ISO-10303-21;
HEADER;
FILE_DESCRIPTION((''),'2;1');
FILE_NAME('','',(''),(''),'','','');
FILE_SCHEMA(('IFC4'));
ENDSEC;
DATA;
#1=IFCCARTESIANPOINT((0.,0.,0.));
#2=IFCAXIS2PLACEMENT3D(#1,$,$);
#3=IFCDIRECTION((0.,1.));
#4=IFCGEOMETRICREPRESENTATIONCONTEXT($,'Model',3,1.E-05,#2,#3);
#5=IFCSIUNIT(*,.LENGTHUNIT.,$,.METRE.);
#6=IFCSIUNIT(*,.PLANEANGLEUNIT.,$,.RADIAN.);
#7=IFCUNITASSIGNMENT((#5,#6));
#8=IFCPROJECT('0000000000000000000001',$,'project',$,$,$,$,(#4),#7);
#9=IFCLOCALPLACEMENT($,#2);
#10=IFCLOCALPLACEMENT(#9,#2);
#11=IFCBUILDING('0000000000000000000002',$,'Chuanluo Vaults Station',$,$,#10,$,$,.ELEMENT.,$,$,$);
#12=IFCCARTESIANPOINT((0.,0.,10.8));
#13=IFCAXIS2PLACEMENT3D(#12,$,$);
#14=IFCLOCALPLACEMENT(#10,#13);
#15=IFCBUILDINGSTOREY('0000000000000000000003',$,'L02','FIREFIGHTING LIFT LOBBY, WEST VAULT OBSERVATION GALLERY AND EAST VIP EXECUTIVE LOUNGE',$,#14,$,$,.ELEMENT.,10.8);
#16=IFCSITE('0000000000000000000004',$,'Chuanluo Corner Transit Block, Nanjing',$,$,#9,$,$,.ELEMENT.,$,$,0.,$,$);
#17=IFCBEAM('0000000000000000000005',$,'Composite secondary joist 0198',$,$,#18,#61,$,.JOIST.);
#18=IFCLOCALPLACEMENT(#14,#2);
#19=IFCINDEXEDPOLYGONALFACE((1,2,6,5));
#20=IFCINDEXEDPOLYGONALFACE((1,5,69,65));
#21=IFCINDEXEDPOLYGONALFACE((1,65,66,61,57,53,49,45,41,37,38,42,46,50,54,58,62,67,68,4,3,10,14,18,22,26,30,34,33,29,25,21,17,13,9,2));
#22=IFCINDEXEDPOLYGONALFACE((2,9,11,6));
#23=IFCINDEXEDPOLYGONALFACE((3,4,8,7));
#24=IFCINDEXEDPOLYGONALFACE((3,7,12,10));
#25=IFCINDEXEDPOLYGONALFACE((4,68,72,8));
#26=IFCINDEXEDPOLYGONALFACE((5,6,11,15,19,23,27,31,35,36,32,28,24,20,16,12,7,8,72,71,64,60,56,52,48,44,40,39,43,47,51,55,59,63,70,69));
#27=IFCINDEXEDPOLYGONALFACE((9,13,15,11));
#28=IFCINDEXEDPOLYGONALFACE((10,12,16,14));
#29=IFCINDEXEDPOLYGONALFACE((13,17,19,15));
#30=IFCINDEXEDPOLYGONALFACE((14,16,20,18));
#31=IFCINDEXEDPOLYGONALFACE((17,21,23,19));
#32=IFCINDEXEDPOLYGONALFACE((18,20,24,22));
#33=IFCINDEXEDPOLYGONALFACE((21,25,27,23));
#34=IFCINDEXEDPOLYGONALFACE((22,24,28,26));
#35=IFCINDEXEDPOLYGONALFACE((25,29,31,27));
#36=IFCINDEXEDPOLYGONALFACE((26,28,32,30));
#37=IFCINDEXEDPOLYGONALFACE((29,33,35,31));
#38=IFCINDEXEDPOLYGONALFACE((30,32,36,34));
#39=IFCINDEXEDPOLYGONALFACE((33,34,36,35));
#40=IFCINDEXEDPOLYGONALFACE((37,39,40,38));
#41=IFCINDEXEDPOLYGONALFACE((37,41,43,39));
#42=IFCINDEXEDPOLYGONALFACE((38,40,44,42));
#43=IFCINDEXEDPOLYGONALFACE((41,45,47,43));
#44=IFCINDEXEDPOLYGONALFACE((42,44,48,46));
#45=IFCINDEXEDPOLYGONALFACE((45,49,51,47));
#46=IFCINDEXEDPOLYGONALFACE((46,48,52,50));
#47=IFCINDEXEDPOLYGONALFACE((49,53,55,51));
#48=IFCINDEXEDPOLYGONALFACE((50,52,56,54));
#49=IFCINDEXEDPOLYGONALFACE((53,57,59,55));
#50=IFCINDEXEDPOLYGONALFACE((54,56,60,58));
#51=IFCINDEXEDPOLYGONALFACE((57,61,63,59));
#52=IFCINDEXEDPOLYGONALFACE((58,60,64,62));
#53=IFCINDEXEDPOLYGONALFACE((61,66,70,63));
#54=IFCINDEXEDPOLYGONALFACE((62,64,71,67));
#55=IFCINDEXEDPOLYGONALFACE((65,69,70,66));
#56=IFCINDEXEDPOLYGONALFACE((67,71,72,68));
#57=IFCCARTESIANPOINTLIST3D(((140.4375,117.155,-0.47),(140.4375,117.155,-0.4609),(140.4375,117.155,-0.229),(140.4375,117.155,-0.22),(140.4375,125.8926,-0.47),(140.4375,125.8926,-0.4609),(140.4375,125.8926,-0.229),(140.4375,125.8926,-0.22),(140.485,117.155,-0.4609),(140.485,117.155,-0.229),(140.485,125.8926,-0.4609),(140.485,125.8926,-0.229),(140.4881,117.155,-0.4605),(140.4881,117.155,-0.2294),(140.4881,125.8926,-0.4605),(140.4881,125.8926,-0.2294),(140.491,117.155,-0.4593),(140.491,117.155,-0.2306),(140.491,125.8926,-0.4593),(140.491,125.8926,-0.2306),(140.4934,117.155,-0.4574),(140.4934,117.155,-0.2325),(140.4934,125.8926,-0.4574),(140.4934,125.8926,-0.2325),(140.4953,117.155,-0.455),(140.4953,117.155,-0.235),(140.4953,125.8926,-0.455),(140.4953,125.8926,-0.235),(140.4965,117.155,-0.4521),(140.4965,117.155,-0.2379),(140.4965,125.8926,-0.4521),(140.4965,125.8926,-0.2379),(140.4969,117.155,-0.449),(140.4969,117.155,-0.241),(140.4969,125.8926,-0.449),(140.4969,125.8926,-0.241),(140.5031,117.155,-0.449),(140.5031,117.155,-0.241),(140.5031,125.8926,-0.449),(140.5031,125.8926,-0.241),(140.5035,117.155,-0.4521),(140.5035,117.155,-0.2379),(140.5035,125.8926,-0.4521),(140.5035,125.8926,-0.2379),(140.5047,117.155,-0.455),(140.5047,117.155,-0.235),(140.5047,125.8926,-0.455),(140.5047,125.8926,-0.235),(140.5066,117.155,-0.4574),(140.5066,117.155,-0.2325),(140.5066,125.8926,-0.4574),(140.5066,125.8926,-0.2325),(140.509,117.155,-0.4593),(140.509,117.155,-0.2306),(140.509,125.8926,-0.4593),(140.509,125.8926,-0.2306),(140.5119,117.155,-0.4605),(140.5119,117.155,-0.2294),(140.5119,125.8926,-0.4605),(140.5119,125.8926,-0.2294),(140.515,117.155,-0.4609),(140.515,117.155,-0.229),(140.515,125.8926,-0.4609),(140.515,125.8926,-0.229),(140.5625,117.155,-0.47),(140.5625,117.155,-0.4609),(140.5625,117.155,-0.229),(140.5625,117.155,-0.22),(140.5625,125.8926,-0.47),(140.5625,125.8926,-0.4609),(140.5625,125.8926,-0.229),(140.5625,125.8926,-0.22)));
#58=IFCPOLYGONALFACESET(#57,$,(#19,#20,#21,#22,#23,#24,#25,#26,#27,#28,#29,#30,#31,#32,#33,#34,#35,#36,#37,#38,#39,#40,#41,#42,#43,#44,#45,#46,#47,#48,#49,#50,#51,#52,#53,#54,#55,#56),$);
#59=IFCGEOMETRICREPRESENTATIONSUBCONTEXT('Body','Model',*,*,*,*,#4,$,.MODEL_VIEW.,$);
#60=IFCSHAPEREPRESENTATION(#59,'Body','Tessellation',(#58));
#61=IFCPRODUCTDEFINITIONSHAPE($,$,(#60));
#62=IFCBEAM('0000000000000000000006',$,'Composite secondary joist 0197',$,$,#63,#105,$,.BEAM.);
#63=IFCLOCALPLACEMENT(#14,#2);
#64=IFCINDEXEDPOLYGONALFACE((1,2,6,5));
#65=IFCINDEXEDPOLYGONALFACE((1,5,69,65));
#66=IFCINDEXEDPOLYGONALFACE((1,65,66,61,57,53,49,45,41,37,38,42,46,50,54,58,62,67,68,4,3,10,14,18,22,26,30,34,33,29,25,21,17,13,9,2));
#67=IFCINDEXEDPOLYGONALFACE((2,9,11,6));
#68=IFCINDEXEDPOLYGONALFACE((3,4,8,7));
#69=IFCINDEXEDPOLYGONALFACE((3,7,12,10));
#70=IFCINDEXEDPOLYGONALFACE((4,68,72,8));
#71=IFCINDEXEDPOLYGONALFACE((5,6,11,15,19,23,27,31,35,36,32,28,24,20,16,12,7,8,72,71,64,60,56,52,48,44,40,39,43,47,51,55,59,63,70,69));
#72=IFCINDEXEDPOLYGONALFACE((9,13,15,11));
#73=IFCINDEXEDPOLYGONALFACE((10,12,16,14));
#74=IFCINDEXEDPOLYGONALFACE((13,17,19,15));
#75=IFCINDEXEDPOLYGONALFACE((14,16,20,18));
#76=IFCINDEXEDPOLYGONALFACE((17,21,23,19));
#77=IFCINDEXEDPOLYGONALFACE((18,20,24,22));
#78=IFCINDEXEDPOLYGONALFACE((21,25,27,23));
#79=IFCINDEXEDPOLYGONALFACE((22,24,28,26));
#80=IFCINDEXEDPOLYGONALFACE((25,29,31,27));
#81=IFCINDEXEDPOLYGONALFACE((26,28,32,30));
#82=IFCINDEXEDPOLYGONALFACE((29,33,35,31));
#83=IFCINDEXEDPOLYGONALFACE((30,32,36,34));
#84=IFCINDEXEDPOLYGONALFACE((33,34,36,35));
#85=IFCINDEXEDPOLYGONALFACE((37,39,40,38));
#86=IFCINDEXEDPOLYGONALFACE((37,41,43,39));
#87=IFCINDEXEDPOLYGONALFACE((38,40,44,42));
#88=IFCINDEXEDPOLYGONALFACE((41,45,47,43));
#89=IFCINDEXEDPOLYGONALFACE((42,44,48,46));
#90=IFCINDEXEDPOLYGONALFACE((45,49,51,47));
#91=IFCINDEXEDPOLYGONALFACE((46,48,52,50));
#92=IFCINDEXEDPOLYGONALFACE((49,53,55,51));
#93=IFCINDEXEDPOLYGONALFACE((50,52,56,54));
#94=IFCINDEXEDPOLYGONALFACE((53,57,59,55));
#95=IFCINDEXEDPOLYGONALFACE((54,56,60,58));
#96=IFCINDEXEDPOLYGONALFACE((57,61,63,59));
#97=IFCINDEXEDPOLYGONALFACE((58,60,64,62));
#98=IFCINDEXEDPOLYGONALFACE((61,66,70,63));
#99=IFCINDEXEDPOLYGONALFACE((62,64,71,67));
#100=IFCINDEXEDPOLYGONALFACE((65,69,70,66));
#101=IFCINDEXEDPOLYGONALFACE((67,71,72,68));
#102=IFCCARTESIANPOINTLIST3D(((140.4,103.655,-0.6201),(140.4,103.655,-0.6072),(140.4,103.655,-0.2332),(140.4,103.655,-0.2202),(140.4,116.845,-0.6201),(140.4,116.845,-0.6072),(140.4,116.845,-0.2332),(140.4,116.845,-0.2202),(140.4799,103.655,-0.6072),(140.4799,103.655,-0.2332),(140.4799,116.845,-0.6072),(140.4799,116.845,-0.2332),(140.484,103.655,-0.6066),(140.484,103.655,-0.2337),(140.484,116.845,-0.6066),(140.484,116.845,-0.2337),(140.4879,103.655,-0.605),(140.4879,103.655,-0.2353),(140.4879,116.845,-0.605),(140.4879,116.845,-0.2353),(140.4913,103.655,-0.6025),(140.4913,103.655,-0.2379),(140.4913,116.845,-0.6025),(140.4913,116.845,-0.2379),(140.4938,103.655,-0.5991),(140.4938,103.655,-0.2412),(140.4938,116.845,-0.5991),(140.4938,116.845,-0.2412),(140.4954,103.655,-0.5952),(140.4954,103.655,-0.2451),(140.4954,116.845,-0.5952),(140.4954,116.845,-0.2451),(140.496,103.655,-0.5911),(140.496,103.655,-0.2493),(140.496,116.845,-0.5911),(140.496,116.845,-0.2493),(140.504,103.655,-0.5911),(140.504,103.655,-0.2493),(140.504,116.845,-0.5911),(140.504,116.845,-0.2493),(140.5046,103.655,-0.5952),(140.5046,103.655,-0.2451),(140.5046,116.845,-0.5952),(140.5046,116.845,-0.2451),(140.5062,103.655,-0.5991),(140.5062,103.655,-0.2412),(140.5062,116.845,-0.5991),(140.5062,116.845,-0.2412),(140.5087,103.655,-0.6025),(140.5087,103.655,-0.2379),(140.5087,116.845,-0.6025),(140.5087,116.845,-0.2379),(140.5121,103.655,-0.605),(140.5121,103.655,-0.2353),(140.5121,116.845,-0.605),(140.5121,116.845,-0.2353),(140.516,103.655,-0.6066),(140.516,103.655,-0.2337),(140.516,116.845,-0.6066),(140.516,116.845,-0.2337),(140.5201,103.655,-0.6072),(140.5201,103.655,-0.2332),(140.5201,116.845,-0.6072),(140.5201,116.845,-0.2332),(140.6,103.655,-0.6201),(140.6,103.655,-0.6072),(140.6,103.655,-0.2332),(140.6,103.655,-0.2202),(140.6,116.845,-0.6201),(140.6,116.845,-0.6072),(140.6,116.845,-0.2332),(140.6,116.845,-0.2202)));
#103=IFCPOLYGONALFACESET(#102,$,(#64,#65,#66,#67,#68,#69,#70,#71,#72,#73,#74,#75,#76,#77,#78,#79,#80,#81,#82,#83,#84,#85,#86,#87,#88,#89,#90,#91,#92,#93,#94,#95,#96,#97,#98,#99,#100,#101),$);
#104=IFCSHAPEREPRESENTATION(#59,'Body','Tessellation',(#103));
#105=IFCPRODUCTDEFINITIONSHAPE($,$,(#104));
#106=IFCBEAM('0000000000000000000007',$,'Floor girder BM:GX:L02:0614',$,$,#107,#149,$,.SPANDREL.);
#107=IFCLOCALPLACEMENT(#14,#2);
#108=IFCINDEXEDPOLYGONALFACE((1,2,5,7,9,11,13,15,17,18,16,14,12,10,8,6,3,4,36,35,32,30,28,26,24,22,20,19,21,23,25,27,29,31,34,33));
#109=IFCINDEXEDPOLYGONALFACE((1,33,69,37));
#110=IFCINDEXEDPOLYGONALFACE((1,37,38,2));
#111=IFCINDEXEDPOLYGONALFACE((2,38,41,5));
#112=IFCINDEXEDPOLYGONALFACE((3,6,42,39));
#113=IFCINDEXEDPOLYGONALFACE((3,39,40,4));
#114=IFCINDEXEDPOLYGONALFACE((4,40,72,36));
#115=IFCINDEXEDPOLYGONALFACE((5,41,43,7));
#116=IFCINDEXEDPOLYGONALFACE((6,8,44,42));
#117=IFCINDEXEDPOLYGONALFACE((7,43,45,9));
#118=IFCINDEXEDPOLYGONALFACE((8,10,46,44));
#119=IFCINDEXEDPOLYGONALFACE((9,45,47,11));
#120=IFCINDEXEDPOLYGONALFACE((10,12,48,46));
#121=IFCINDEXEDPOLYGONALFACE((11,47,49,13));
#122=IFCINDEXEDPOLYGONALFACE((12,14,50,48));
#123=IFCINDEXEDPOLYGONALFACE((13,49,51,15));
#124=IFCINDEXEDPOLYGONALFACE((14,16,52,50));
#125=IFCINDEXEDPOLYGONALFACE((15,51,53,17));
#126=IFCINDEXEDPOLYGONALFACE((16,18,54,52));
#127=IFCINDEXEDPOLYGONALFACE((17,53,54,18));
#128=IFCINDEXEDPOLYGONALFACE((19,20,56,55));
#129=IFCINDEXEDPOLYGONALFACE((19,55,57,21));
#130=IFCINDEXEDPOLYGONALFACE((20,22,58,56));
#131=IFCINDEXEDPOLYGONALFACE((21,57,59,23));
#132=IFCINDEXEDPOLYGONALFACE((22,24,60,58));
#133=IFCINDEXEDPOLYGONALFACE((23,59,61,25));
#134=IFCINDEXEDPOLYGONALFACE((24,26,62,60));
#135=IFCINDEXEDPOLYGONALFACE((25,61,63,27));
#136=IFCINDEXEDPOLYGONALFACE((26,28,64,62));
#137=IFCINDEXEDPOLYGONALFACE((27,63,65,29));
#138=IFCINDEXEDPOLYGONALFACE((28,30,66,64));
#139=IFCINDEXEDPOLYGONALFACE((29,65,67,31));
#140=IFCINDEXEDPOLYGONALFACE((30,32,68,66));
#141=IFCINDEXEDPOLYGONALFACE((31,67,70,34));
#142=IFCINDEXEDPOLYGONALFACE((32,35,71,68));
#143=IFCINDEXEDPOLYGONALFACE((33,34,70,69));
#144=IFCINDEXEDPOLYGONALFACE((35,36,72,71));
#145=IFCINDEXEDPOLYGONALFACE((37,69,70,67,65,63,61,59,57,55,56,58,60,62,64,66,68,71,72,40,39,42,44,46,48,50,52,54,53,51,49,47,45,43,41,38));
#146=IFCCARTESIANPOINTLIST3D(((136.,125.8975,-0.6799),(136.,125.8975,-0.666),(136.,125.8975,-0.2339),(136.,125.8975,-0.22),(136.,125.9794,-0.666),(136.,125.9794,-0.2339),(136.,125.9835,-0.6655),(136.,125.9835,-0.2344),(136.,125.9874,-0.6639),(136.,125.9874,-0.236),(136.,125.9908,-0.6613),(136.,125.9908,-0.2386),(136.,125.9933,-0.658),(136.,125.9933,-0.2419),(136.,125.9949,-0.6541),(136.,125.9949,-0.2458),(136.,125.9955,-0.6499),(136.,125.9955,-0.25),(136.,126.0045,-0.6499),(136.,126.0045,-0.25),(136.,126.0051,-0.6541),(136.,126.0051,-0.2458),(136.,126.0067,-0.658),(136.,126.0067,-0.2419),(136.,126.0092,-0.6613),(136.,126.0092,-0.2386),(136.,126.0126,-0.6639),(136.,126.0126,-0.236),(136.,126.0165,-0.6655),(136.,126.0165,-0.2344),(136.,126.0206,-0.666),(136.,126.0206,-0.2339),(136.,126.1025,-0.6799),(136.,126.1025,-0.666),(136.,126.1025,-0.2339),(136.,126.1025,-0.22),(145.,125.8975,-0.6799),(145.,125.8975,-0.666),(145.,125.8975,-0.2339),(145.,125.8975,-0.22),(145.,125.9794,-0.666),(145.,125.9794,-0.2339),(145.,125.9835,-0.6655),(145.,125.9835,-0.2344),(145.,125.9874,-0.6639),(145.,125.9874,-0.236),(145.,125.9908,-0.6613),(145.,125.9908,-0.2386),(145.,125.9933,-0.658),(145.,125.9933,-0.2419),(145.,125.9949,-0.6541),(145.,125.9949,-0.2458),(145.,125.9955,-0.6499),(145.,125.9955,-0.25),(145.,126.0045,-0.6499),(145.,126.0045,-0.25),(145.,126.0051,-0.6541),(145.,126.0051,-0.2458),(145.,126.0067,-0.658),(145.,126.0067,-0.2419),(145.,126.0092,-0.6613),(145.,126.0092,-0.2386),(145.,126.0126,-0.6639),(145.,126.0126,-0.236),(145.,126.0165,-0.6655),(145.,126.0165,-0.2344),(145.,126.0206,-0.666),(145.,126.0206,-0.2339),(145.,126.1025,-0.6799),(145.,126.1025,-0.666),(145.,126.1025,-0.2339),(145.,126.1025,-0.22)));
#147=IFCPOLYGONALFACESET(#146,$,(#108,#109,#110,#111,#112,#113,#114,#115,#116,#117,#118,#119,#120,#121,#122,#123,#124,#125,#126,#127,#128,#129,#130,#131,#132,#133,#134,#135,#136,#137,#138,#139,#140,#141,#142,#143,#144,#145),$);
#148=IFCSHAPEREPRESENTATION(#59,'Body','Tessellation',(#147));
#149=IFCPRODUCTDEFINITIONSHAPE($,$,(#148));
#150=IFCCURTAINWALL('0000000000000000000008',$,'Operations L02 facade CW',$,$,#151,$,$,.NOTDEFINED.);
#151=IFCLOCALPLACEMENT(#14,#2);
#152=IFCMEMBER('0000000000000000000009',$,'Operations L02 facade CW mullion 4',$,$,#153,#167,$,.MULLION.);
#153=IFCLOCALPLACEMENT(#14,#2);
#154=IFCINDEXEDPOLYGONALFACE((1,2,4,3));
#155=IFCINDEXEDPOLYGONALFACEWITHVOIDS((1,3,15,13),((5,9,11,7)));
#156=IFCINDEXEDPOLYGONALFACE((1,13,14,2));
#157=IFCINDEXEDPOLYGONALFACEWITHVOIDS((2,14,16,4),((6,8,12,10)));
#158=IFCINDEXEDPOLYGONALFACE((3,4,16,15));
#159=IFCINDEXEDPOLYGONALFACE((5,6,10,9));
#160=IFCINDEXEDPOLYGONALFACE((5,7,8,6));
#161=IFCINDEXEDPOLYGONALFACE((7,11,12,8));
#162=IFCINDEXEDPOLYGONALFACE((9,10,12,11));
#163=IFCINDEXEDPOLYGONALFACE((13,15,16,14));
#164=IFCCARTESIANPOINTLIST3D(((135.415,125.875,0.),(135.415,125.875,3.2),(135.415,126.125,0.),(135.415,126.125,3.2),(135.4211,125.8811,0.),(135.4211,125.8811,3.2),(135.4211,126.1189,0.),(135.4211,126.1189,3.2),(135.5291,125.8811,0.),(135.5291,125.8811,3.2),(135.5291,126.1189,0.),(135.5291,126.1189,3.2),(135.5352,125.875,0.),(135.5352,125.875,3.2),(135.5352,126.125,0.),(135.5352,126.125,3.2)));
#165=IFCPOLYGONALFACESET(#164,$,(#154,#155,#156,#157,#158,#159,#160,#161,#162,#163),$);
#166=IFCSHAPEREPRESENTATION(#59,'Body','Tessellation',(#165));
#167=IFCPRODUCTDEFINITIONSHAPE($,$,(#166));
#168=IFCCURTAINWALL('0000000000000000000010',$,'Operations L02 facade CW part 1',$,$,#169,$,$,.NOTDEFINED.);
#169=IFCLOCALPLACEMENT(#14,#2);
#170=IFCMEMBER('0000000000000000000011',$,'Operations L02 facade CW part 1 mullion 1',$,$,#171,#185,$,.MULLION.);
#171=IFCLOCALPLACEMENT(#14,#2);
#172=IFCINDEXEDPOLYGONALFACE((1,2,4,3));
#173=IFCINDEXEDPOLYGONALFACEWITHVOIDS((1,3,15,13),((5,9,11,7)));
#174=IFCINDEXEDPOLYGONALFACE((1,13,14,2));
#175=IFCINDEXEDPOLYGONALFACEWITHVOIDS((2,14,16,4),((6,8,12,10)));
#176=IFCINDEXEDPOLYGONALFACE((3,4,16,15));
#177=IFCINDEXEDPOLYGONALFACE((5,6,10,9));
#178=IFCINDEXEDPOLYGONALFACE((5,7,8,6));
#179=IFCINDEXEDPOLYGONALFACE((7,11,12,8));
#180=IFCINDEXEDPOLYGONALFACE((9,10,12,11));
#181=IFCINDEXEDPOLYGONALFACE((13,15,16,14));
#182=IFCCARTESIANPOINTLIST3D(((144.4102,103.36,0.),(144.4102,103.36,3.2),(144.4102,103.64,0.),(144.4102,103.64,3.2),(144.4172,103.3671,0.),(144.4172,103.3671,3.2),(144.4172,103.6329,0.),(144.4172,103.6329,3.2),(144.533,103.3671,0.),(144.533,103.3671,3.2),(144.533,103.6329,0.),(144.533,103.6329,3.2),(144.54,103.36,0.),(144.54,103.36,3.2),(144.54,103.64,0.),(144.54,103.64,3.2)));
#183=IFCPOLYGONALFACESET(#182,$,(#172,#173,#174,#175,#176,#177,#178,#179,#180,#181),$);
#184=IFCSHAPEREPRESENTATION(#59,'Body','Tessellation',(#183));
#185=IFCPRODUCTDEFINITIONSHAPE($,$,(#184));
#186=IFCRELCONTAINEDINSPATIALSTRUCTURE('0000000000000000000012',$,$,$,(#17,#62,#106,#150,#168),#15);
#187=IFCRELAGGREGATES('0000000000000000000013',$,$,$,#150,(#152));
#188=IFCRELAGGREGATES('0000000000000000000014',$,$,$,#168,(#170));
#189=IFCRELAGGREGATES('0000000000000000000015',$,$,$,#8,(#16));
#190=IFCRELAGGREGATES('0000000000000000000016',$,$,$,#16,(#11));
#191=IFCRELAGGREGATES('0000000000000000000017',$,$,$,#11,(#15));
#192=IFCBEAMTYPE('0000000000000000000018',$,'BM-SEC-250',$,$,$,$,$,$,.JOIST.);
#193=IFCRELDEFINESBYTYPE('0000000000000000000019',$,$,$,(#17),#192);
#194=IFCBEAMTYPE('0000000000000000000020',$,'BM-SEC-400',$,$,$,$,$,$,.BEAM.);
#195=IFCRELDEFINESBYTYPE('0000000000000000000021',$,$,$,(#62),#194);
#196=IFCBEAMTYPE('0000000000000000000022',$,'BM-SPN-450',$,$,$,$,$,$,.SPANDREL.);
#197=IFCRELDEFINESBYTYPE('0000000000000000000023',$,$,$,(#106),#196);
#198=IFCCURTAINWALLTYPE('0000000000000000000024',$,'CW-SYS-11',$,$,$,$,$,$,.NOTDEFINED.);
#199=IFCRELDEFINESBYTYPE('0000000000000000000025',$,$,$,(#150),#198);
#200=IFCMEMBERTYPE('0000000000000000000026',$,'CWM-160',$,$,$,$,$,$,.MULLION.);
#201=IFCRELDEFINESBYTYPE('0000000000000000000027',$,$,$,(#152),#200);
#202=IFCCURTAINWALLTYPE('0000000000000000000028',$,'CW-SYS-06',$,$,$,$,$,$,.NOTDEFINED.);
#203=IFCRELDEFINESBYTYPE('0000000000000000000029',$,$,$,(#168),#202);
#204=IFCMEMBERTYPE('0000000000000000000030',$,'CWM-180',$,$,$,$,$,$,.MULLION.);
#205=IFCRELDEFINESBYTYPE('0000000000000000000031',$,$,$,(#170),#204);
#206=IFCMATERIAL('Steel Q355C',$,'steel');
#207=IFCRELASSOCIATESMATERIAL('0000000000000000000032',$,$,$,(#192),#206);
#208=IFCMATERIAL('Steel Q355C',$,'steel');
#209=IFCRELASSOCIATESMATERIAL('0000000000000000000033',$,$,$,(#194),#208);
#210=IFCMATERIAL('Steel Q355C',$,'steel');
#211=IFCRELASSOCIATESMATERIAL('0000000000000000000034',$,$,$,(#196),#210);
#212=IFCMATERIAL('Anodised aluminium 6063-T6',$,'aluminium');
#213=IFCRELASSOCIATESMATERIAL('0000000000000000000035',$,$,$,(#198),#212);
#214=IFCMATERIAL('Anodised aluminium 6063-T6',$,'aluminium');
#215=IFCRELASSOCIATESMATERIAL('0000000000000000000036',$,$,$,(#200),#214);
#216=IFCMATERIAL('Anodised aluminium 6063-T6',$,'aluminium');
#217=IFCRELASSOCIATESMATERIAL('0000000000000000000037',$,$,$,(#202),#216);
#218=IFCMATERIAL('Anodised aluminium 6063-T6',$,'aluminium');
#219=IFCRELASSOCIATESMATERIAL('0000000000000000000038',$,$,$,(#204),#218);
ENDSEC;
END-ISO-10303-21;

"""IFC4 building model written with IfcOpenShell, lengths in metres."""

from ifc_helpers import new_model, si_unit, direction, frame, origin, origin_2d, place, context, subcontext, project, spatial, hollow_rectangle, i_section, extrude, material, material_profile, profile_set, type_object, element, aggregate, save


model = new_model("IFC4")

# Units and contexts
model_context = context("Model", 3, precision=1e-05, world=origin(), true_north=direction((0.0, 1.0)))
body_context = subcontext(model_context, "Body", "Model", "MODEL_VIEW")
ifc_project = project(units=[si_unit("LENGTHUNIT", "METRE"), si_unit("PLANEANGLEUNIT", "RADIAN")], contexts=[model_context])

# Site, building, storey
site_placement = place(None, origin())
site = spatial("IfcSite", under=ifc_project, at=site_placement, Name="Chuanluo Corner Transit Block, Nanjing", CompositionType="ELEMENT", RefElevation=0.0)
building_placement = place(site_placement, origin())
building = spatial("IfcBuilding", under=site, at=building_placement, Name="Chuanluo Vaults Station", CompositionType="ELEMENT")
storey_placement = place(building_placement, frame((0.0, 0.0, 10.8)))
storey = spatial("IfcBuildingStorey", under=building, at=storey_placement, Name="L02", Description="FIREFIGHTING LIFT LOBBY, WEST VAULT OBSERVATION GALLERY AND EAST VIP EXECUTIVE LOUNGE", CompositionType="ELEMENT", Elevation=10.8)

# Beams
ifc_material_1 = material(Name="Steel Q355C", Category="steel")
ifc_material_profile_1 = material_profile(ifc_material_1, i_section(OverallWidth=0.125, OverallDepth=0.25, WebThickness=0.0061, FlangeThickness=0.009, FilletRadius=0.012, at=origin_2d()))
ifc_profile_set_1 = profile_set([ifc_material_profile_1], Name="Steel Q355C")
beam_type_1 = type_object("IfcBeamType", Name="BM-SEC-250", PredefinedType="JOIST", material=ifc_profile_set_1)
beam_1_placement = place(storey_placement, frame((140.5, 117.155, -0.345), z_axis=(0.0, 1.0, 0.0), x_axis=(-1.0, 0.0, 0.0)))
element("IfcBeam", 1, at=beam_1_placement, inside=storey, type_object=beam_type_1, Name="Composite secondary joist 0198", PredefinedType="JOIST", context=body_context, shape_type="SweptSolid", body=[
    extrude(i_section(OverallWidth=0.125, OverallDepth=0.25, WebThickness=0.0061, FlangeThickness=0.009, FilletRadius=0.012, at=origin_2d()), origin(), (0.0, 0.0, 1.0), 8.7375),
])
ifc_material_2 = material(Name="Steel Q355C", Category="steel")
ifc_material_profile_2 = material_profile(ifc_material_2, i_section(OverallWidth=0.2, OverallDepth=0.3999, WebThickness=0.0081, FlangeThickness=0.0129, FilletRadius=0.0161, at=origin_2d()))
ifc_profile_set_2 = profile_set([ifc_material_profile_2], Name="Steel Q355C")
beam_type_2 = type_object("IfcBeamType", Name="BM-SEC-400", PredefinedType="BEAM", material=ifc_profile_set_2)
beam_2_placement = place(storey_placement, frame((140.5, 103.655, -0.4202), z_axis=(0.0, 1.0, 0.0), x_axis=(-1.0, 0.0, 0.0)))
element("IfcBeam", 2, at=beam_2_placement, inside=storey, type_object=beam_type_2, Name="Composite secondary joist 0197", PredefinedType="BEAM", context=body_context, shape_type="SweptSolid", body=[
    extrude(i_section(OverallWidth=0.2, OverallDepth=0.3999, WebThickness=0.0081, FlangeThickness=0.0129, FilletRadius=0.0161, at=origin_2d()), origin(), (0.0, 0.0, 1.0), 13.1899),
])
ifc_material_3 = material(Name="Steel Q355C", Category="steel")
ifc_material_profile_3 = material_profile(ifc_material_3, i_section(OverallWidth=0.2051, OverallDepth=0.46, WebThickness=0.009, FlangeThickness=0.0139, FilletRadius=0.0161, at=origin_2d()))
ifc_profile_set_3 = profile_set([ifc_material_profile_3], Name="Steel Q355C")
beam_type_3 = type_object("IfcBeamType", Name="BM-SPN-450", PredefinedType="SPANDREL", material=ifc_profile_set_3)
beam_3_placement = place(storey_placement, frame((136.0, 126.0, -0.45), z_axis=(1.0, 0.0, 0.0), x_axis=(0.0, 1.0, 0.0)))
element("IfcBeam", 3, at=beam_3_placement, inside=storey, type_object=beam_type_3, Name="Floor girder BM:GX:L02:0614", PredefinedType="SPANDREL", context=body_context, shape_type="SweptSolid", body=[
    extrude(i_section(OverallWidth=0.2051, OverallDepth=0.46, WebThickness=0.009, FlangeThickness=0.0139, FilletRadius=0.0161, at=origin_2d()), origin(), (0.0, 0.0, 1.0), 9.0),
])

# Curtain wall, member
ifc_material_4 = material(Name="Anodised aluminium 6063-T6", Category="aluminium")
curtain_wall_type_1 = type_object("IfcCurtainWallType", Name="CW-SYS-11", PredefinedType="NOTDEFINED", material=ifc_material_4)
curtain_wall_1_placement = place(storey_placement, origin())
curtain_wall_1 = element("IfcCurtainWall", 4, at=curtain_wall_1_placement, inside=storey, type_object=curtain_wall_type_1, Name="Operations L02 facade CW", PredefinedType="NOTDEFINED")
ifc_material_5 = material(Name="Anodised aluminium 6063-T6", Category="aluminium")
ifc_material_profile_4 = material_profile(ifc_material_5, hollow_rectangle(XDim=0.1201, YDim=0.25, WallThickness=0.0061, at=origin_2d()))
ifc_profile_set_4 = profile_set([ifc_material_profile_4], Name="Anodised aluminium 6063-T6")
member_type_1 = type_object("IfcMemberType", Name="CWM-160", PredefinedType="MULLION", material=ifc_profile_set_4)
member_1_placement = place(storey_placement, frame((135.4751, 126.0, 0.0), z_axis=(0.0, 0.0, 1.0), x_axis=(1.0, 0.0, 0.0)))
member_1 = element("IfcMember", 5, at=member_1_placement, type_object=member_type_1, Name="Operations L02 facade CW mullion 4", PredefinedType="MULLION", context=body_context, shape_type="SweptSolid", body=[
    extrude(hollow_rectangle(XDim=0.1201, YDim=0.25, WallThickness=0.0061, at=origin_2d()), origin(), (0.0, 0.0, 1.0), 3.2),
])
aggregate(curtain_wall_1, [member_1])

# Curtain wall, member
ifc_material_6 = material(Name="Anodised aluminium 6063-T6", Category="aluminium")
curtain_wall_type_2 = type_object("IfcCurtainWallType", Name="CW-SYS-06", PredefinedType="NOTDEFINED", material=ifc_material_6)
curtain_wall_2_placement = place(storey_placement, origin())
curtain_wall_2 = element("IfcCurtainWall", 6, at=curtain_wall_2_placement, inside=storey, type_object=curtain_wall_type_2, Name="Operations L02 facade CW part 1", PredefinedType="NOTDEFINED")
ifc_material_7 = material(Name="Anodised aluminium 6063-T6", Category="aluminium")
ifc_material_profile_5 = material_profile(ifc_material_7, hollow_rectangle(XDim=0.1299, YDim=0.28, WallThickness=0.0071, at=origin_2d()))
ifc_profile_set_5 = profile_set([ifc_material_profile_5], Name="Anodised aluminium 6063-T6")
member_type_2 = type_object("IfcMemberType", Name="CWM-180", PredefinedType="MULLION", material=ifc_profile_set_5)
member_2_placement = place(storey_placement, frame((144.4751, 103.5, 0.0), z_axis=(0.0, 0.0, 1.0), x_axis=(-1.0, 0.0, 0.0)))
member_2 = element("IfcMember", 7, at=member_2_placement, type_object=member_type_2, Name="Operations L02 facade CW part 1 mullion 1", PredefinedType="MULLION", context=body_context, shape_type="SweptSolid", body=[
    extrude(hollow_rectangle(XDim=0.1299, YDim=0.28, WallThickness=0.0071, at=origin_2d()), origin(), (0.0, 0.0, 1.0), 3.2),
])
aggregate(curtain_wall_2, [member_2])

save(model, "model.ifc")
